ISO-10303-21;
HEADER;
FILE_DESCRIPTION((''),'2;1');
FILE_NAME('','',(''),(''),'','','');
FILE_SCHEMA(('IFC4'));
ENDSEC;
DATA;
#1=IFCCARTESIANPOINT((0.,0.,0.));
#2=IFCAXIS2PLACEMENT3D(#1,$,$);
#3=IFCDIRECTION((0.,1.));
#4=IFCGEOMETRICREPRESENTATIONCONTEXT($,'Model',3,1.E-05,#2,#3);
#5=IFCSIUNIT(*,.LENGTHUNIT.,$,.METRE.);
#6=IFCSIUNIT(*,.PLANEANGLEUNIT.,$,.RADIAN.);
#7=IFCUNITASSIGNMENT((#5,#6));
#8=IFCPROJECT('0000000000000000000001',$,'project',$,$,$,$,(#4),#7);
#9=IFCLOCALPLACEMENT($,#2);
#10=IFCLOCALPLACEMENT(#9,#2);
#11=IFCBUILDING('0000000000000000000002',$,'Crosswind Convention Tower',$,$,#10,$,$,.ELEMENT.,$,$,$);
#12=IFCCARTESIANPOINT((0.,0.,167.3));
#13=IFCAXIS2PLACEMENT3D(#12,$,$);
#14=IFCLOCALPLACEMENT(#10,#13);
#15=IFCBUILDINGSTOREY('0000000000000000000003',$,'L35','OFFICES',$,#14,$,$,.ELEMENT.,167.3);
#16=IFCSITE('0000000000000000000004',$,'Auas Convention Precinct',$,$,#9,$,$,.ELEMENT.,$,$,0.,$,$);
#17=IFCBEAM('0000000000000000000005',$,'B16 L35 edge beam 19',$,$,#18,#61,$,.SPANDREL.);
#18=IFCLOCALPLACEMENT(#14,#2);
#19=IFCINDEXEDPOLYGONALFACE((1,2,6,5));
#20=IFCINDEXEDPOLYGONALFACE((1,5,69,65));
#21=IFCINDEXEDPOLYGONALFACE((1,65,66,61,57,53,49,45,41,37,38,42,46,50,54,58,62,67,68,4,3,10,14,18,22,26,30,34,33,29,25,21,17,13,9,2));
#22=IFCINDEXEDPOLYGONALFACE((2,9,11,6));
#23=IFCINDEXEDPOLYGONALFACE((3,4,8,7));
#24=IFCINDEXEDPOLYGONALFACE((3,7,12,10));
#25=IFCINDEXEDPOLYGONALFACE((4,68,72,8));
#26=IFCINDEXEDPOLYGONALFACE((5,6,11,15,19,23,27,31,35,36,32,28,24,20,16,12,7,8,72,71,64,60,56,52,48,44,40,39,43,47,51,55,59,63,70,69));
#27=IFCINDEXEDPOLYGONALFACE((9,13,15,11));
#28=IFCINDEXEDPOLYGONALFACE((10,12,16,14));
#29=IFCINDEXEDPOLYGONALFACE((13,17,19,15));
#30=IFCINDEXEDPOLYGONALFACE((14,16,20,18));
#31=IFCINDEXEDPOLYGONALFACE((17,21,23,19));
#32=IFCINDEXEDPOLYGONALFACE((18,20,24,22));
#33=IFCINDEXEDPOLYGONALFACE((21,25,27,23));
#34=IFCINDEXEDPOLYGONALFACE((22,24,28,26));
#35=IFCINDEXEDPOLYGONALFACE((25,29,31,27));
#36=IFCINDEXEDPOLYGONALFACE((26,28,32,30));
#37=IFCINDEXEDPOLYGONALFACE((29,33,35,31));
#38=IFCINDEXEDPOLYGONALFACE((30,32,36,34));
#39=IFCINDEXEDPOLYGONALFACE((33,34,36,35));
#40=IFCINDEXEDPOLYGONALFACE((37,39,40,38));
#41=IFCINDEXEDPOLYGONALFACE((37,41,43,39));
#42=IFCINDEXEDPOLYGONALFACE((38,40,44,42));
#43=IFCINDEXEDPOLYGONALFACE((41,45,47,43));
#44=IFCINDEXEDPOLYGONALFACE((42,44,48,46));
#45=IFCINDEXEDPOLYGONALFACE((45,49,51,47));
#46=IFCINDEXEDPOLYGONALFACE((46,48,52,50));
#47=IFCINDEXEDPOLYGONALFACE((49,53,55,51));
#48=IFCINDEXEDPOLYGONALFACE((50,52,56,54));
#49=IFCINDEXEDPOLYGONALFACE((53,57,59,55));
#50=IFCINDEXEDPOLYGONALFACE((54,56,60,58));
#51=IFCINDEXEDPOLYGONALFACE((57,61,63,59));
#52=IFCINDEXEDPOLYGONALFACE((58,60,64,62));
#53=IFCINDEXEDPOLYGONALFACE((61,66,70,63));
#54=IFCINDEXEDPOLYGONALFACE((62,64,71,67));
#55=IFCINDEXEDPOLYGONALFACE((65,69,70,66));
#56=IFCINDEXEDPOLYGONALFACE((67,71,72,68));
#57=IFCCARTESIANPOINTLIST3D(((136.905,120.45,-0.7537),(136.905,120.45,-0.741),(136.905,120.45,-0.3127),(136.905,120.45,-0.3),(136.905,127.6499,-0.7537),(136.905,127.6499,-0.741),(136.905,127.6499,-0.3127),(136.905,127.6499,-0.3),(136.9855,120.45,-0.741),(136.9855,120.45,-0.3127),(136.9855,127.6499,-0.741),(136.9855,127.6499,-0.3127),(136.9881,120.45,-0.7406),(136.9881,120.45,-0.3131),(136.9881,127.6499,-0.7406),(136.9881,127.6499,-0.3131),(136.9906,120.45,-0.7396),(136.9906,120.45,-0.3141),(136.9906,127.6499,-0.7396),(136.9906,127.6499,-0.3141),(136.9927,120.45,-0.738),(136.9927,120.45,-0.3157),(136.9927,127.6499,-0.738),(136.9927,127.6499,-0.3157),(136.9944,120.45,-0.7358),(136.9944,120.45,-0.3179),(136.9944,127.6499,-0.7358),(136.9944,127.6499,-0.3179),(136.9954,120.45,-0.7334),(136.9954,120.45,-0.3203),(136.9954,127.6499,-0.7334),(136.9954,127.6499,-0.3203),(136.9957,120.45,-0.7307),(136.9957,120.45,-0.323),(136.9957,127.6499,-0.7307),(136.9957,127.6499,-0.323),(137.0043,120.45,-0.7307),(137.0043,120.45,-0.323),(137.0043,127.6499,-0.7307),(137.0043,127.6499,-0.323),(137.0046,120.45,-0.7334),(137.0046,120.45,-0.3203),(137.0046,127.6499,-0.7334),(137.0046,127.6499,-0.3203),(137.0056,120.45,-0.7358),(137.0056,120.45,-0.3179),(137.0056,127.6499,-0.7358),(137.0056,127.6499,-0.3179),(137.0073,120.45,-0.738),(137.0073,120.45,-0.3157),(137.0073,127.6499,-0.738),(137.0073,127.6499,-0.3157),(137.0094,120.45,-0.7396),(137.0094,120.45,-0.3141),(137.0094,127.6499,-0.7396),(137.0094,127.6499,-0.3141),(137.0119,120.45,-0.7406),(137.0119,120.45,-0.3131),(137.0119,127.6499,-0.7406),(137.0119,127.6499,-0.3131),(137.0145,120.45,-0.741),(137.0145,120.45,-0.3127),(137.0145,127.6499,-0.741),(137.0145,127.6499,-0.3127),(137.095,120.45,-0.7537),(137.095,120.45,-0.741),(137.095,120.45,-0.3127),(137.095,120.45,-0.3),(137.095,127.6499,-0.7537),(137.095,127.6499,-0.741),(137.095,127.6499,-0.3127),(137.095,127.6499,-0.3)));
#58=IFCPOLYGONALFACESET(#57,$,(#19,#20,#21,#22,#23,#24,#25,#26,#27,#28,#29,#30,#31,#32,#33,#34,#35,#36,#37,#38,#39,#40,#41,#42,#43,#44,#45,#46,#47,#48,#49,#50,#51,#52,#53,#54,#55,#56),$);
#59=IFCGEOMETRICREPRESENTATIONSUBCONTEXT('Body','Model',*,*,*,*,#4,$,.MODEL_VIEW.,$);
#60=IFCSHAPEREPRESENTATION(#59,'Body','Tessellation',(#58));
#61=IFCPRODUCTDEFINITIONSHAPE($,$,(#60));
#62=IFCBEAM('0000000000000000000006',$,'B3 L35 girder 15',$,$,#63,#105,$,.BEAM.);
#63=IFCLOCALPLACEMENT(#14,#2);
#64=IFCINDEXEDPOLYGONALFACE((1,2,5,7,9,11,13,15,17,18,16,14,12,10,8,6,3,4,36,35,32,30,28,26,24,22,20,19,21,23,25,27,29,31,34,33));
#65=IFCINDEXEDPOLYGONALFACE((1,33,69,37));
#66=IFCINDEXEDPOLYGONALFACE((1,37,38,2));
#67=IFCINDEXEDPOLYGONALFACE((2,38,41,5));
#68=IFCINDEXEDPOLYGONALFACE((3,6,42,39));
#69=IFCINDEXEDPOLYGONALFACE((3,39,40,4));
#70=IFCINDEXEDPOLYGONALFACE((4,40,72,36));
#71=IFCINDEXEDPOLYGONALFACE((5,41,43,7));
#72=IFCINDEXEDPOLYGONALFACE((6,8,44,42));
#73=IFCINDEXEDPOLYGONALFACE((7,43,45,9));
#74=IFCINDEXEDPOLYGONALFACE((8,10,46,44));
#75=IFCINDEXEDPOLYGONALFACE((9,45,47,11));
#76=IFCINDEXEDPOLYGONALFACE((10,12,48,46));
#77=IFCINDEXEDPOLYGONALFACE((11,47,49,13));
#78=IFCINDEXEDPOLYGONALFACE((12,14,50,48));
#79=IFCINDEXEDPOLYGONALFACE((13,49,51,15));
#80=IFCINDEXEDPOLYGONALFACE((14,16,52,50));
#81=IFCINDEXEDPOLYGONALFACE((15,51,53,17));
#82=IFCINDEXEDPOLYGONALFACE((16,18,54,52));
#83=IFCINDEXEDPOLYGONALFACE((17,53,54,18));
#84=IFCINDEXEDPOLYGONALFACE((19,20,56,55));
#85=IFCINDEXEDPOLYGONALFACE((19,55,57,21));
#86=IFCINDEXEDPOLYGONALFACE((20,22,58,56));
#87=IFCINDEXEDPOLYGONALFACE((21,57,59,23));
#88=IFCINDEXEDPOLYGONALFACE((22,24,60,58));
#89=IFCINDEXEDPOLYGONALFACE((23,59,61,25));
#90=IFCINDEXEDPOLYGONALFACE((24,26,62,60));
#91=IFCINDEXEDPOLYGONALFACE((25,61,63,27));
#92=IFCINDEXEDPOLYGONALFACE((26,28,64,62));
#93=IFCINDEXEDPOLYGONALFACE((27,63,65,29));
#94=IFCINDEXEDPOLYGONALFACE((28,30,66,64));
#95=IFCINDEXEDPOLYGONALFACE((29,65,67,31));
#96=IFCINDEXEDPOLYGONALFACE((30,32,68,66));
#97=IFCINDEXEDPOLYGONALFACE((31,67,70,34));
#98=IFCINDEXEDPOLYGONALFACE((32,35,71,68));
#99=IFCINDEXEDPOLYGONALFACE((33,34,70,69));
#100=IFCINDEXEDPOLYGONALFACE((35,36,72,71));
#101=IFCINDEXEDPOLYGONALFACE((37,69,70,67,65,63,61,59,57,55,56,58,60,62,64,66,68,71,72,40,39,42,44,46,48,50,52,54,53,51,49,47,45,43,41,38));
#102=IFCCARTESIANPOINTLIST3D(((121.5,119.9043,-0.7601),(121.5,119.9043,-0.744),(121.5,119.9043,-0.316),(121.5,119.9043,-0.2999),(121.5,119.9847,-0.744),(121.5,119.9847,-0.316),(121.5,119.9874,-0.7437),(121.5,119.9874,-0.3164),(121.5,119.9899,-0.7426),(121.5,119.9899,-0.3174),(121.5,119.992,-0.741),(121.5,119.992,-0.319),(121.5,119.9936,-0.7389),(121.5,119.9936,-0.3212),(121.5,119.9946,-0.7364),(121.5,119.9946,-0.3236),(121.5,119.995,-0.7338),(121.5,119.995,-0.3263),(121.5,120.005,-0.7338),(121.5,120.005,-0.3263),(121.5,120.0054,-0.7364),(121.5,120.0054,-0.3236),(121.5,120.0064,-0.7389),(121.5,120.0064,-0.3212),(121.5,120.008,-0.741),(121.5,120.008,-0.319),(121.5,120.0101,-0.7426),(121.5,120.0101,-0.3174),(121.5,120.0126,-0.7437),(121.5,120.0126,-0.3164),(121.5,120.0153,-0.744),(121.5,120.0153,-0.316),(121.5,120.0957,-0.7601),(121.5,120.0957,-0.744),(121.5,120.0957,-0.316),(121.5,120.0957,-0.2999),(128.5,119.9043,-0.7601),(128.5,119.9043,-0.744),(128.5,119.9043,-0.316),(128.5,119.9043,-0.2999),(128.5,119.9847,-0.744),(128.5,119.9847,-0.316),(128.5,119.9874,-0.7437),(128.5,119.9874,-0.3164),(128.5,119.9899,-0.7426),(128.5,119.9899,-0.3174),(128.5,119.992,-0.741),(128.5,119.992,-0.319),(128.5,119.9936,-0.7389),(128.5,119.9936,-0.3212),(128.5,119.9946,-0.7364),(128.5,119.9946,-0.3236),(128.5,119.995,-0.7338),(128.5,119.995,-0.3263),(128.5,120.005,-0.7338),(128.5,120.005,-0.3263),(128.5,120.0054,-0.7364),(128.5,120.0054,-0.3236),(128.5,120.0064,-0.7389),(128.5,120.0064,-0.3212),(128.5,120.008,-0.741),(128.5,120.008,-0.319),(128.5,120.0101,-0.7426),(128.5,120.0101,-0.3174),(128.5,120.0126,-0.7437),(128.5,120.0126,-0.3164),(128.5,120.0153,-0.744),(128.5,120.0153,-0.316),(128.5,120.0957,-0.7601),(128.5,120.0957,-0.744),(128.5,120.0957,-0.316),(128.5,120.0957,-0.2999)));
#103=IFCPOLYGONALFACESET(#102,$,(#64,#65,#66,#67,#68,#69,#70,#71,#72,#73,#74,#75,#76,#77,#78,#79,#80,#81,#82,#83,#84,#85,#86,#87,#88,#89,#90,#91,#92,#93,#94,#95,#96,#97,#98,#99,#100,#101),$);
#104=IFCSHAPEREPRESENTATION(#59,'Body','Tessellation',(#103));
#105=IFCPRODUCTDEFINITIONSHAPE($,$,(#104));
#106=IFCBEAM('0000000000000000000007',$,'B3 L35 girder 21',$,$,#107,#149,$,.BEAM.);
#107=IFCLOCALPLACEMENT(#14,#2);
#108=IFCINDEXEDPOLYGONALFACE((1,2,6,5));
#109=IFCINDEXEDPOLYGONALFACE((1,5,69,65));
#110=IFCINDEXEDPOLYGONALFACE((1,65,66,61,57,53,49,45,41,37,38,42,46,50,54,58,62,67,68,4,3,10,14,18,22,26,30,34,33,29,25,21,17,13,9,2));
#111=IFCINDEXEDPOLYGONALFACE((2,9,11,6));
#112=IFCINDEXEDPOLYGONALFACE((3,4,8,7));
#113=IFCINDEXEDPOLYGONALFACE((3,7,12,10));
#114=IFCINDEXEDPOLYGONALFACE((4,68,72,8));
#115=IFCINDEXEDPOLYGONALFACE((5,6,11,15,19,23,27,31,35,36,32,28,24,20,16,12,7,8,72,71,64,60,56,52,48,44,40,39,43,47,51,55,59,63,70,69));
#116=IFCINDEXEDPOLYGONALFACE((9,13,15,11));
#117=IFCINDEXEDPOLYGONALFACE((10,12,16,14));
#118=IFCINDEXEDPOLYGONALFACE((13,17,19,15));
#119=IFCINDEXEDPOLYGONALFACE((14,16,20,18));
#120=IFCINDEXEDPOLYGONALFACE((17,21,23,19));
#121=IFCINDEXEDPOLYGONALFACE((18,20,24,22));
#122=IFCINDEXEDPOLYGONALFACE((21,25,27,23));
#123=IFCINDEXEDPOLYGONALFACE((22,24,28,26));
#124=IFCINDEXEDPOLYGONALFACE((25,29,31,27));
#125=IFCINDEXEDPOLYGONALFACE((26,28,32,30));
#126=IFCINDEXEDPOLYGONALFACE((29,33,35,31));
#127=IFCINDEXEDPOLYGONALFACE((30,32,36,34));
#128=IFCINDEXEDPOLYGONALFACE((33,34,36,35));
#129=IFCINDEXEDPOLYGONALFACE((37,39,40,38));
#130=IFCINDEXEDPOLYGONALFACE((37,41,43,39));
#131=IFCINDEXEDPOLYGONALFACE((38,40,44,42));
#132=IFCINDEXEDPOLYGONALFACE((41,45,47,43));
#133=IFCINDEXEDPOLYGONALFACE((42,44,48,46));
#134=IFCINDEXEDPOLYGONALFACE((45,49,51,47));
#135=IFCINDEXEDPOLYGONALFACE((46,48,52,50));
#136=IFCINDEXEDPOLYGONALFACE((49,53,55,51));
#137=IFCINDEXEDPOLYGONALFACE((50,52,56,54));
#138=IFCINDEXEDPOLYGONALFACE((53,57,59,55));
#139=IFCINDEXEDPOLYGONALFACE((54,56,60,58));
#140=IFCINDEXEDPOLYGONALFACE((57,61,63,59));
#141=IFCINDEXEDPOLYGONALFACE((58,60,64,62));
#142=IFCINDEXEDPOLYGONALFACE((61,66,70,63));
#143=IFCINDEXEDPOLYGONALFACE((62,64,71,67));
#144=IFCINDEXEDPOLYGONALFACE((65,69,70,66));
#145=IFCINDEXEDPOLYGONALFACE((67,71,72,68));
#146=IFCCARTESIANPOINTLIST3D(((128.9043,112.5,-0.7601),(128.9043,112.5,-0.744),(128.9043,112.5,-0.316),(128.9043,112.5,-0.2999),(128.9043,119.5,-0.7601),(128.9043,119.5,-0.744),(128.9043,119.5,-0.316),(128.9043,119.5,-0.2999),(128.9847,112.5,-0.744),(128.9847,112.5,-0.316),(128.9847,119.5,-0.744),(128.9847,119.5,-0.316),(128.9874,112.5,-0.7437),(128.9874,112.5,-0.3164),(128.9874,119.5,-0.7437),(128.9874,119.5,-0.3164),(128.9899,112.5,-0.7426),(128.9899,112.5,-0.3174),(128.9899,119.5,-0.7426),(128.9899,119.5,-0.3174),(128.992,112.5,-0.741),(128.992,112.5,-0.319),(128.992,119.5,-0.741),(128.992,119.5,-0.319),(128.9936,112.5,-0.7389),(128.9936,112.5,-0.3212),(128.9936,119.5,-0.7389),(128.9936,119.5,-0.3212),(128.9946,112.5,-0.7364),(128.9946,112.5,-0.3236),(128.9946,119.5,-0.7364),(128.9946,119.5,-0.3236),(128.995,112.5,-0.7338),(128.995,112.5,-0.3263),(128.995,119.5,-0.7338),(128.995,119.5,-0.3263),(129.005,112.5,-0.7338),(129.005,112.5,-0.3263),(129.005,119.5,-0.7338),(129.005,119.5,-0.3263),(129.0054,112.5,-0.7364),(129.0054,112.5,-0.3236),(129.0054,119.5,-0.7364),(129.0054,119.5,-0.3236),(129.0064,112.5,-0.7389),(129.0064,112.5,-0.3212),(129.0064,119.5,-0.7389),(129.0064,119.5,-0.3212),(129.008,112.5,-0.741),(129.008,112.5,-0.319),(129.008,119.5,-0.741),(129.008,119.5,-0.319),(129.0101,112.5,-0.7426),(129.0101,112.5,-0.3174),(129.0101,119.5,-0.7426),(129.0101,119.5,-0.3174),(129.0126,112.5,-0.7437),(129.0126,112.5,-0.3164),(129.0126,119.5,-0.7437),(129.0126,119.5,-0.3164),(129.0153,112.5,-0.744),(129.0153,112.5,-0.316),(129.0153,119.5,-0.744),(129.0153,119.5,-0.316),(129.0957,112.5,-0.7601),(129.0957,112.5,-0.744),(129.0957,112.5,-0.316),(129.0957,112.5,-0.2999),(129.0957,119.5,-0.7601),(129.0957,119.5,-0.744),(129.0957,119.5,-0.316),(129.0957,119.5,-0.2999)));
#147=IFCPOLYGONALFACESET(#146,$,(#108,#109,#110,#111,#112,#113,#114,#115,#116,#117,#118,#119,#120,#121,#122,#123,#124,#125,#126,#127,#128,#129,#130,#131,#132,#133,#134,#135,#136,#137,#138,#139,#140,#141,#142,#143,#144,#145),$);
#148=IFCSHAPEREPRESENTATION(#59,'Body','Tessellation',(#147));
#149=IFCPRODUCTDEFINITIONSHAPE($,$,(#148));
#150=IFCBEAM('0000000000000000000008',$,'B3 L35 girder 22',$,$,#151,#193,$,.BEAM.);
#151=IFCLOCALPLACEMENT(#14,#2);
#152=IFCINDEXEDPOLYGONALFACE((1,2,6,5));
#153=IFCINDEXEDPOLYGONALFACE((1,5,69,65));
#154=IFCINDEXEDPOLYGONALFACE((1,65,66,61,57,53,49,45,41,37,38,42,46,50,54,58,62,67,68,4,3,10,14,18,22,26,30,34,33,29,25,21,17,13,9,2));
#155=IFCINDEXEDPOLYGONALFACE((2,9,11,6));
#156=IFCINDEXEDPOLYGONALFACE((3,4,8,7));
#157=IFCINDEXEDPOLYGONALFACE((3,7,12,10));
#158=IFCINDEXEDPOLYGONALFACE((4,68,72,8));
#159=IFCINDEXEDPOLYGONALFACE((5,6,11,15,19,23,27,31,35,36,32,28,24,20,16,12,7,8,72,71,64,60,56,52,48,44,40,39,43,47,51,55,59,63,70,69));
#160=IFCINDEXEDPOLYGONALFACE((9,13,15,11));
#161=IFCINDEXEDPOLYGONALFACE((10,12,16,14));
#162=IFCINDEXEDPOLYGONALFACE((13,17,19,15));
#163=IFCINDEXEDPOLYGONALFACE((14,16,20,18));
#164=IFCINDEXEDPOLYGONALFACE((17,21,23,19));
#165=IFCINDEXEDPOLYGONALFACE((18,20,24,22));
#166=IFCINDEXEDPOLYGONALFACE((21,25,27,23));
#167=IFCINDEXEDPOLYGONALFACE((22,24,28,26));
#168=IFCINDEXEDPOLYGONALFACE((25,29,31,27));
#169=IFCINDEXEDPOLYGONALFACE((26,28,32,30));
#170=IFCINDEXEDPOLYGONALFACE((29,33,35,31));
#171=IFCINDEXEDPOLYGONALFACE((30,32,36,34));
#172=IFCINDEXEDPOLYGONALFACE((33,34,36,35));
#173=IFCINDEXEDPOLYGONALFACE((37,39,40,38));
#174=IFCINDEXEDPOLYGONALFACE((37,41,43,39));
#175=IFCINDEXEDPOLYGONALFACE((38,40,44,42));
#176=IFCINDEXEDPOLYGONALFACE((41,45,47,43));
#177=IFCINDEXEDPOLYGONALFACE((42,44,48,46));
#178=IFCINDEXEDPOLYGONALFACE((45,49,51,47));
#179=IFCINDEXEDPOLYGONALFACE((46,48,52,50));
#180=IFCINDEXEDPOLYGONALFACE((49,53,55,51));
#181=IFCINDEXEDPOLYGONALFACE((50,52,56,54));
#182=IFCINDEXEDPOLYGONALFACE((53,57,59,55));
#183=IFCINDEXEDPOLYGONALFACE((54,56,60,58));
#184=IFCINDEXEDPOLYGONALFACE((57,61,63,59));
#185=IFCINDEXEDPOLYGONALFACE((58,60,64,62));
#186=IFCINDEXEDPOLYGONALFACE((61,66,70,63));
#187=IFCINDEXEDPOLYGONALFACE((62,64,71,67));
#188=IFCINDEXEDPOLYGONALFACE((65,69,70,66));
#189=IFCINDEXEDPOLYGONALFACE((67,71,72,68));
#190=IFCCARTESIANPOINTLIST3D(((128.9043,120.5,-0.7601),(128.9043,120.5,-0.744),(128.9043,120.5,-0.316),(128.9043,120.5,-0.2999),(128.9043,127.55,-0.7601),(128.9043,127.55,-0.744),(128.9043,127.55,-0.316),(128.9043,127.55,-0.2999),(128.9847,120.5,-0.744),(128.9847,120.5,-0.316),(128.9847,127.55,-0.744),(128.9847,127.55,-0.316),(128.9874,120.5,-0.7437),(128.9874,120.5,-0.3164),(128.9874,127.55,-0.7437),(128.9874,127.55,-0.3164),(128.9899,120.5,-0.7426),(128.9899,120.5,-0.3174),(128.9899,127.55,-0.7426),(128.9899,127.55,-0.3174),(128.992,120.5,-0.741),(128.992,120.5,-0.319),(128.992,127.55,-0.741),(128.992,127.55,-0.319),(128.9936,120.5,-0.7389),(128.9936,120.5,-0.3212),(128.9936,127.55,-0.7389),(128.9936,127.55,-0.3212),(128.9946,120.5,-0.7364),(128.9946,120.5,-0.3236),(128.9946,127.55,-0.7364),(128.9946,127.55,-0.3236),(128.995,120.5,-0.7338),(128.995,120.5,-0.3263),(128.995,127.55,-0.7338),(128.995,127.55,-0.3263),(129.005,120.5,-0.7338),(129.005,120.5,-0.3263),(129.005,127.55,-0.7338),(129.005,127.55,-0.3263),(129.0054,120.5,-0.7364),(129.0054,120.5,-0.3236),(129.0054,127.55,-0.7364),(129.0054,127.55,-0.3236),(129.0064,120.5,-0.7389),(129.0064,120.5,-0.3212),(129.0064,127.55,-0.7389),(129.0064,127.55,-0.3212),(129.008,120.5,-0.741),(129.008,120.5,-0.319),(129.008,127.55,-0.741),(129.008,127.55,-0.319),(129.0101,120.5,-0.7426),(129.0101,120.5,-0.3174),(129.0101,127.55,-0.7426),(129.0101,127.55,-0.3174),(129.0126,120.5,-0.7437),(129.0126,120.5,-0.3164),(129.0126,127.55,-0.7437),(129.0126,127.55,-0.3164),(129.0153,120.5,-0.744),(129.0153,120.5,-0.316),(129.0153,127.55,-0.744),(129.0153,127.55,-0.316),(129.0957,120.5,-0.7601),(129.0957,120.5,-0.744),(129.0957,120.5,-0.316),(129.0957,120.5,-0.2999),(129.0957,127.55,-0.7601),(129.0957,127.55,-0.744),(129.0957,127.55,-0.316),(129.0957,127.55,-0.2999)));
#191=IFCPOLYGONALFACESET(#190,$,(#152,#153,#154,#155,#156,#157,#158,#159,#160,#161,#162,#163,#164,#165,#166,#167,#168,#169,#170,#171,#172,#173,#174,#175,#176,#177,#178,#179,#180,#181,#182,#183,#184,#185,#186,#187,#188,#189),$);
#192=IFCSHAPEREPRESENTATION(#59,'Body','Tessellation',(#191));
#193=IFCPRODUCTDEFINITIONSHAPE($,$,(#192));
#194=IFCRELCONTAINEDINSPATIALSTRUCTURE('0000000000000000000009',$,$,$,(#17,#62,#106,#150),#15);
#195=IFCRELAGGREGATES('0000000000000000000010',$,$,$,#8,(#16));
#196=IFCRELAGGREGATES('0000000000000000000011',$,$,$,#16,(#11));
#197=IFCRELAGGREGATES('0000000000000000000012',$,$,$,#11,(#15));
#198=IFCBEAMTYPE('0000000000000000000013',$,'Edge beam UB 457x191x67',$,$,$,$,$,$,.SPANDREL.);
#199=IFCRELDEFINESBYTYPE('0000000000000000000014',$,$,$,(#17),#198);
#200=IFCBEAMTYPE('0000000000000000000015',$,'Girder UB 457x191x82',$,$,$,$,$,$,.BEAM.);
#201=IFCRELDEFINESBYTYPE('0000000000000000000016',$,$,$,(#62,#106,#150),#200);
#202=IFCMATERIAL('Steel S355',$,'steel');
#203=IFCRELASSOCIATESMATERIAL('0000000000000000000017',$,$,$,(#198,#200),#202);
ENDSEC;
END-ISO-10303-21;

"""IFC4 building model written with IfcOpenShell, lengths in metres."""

from ifc_helpers import new_model, si_unit, direction, frame, origin, origin_2d, place, context, subcontext, project, spatial, i_section, extrude, material, material_profile, profile_set, type_object, element, save


model = new_model("IFC4")

# Units and contexts
model_context = context("Model", 3, precision=1e-05, world=origin(), true_north=direction((0.0, 1.0)))
body_context = subcontext(model_context, "Body", "Model", "MODEL_VIEW")
ifc_project = project(units=[si_unit("LENGTHUNIT", "METRE"), si_unit("PLANEANGLEUNIT", "RADIAN")], contexts=[model_context])

# Site, building, storey
site_placement = place(None, origin())
site = spatial("IfcSite", under=ifc_project, at=site_placement, Name="Auas Convention Precinct", CompositionType="ELEMENT", RefElevation=0.0)
building_placement = place(site_placement, origin())
building = spatial("IfcBuilding", under=site, at=building_placement, Name="Crosswind Convention Tower", CompositionType="ELEMENT")
storey_placement = place(building_placement, frame((0.0, 0.0, 167.3)))
storey = spatial("IfcBuildingStorey", under=building, at=storey_placement, Name="L35", Description="OFFICES", CompositionType="ELEMENT", Elevation=167.3)

# Beams
ifc_material_1 = material(Name="Steel S355", Category="steel")
ifc_material_profile_1 = material_profile(ifc_material_1, i_section(OverallWidth=0.1899, OverallDepth=0.4536, WebThickness=0.0085, FlangeThickness=0.0127, FilletRadius=0.0103, at=origin_2d()), Name="UB 457x191x67")
ifc_profile_set_1 = profile_set([ifc_material_profile_1], Name="Steel S355")
beam_type_1 = type_object("IfcBeamType", Name="Edge beam UB 457x191x67", PredefinedType="SPANDREL", material=ifc_profile_set_1)
for number, where, z_axis, x_axis, name in (
    (1, (137.0, 120.45, -0.5269), (0.0, 1.0, 0.0), (-1.0, 0.0, 0.0), "B16 L35 edge beam 19"),
):
    element("IfcBeam", number, at=place(storey_placement, frame(where, z_axis=z_axis, x_axis=x_axis)), inside=storey, type_object=beam_type_1, Name=name, PredefinedType="SPANDREL", context=body_context, shape_type="SweptSolid", body=[
        extrude(i_section(OverallWidth=0.1899, OverallDepth=0.4536, WebThickness=0.0085, FlangeThickness=0.0127, FilletRadius=0.0103, at=origin_2d()), origin(), (0.0, 0.0, 1.0), 7.2),
    ])
ifc_material_profile_2 = material_profile(ifc_material_1, i_section(OverallWidth=0.1914, OverallDepth=0.4602, WebThickness=0.01, FlangeThickness=0.0161, FilletRadius=0.0103, at=origin_2d()), Name="UB 457x191x82")
ifc_profile_set_2 = profile_set([ifc_material_profile_2], Name="Steel S355")
beam_type_2 = type_object("IfcBeamType", Name="Girder UB 457x191x82", PredefinedType="BEAM", material=ifc_profile_set_2)
for number, where, z_axis, x_axis, name in (
    (2, (121.5, 120.0, -0.53), (1.0, 0.0, 0.0), (0.0, 1.0, 0.0), "B3 L35 girder 15"),
    (3, (129.0, 112.5, -0.53), (0.0, 1.0, 0.0), (-1.0, 0.0, 0.0), "B3 L35 girder 21"),
):
    element("IfcBeam", number, at=place(storey_placement, frame(where, z_axis=z_axis, x_axis=x_axis)), inside=storey, type_object=beam_type_2, Name=name, PredefinedType="BEAM", context=body_context, shape_type="SweptSolid", body=[
        extrude(i_section(OverallWidth=0.1914, OverallDepth=0.4602, WebThickness=0.01, FlangeThickness=0.0161, FilletRadius=0.0103, at=origin_2d()), origin(), (0.0, 0.0, 1.0), 7.0),
    ])
for number, where, z_axis, x_axis, name in (
    (4, (129.0, 120.5, -0.53), (0.0, 1.0, 0.0), (-1.0, 0.0, 0.0), "B3 L35 girder 22"),
):
    element("IfcBeam", number, at=place(storey_placement, frame(where, z_axis=z_axis, x_axis=x_axis)), inside=storey, type_object=beam_type_2, Name=name, PredefinedType="BEAM", context=body_context, shape_type="SweptSolid", body=[
        extrude(i_section(OverallWidth=0.1914, OverallDepth=0.4602, WebThickness=0.01, FlangeThickness=0.0161, FilletRadius=0.0103, at=origin_2d()), origin(), (0.0, 0.0, 1.0), 7.05),
    ])

save(model, "model.ifc")
